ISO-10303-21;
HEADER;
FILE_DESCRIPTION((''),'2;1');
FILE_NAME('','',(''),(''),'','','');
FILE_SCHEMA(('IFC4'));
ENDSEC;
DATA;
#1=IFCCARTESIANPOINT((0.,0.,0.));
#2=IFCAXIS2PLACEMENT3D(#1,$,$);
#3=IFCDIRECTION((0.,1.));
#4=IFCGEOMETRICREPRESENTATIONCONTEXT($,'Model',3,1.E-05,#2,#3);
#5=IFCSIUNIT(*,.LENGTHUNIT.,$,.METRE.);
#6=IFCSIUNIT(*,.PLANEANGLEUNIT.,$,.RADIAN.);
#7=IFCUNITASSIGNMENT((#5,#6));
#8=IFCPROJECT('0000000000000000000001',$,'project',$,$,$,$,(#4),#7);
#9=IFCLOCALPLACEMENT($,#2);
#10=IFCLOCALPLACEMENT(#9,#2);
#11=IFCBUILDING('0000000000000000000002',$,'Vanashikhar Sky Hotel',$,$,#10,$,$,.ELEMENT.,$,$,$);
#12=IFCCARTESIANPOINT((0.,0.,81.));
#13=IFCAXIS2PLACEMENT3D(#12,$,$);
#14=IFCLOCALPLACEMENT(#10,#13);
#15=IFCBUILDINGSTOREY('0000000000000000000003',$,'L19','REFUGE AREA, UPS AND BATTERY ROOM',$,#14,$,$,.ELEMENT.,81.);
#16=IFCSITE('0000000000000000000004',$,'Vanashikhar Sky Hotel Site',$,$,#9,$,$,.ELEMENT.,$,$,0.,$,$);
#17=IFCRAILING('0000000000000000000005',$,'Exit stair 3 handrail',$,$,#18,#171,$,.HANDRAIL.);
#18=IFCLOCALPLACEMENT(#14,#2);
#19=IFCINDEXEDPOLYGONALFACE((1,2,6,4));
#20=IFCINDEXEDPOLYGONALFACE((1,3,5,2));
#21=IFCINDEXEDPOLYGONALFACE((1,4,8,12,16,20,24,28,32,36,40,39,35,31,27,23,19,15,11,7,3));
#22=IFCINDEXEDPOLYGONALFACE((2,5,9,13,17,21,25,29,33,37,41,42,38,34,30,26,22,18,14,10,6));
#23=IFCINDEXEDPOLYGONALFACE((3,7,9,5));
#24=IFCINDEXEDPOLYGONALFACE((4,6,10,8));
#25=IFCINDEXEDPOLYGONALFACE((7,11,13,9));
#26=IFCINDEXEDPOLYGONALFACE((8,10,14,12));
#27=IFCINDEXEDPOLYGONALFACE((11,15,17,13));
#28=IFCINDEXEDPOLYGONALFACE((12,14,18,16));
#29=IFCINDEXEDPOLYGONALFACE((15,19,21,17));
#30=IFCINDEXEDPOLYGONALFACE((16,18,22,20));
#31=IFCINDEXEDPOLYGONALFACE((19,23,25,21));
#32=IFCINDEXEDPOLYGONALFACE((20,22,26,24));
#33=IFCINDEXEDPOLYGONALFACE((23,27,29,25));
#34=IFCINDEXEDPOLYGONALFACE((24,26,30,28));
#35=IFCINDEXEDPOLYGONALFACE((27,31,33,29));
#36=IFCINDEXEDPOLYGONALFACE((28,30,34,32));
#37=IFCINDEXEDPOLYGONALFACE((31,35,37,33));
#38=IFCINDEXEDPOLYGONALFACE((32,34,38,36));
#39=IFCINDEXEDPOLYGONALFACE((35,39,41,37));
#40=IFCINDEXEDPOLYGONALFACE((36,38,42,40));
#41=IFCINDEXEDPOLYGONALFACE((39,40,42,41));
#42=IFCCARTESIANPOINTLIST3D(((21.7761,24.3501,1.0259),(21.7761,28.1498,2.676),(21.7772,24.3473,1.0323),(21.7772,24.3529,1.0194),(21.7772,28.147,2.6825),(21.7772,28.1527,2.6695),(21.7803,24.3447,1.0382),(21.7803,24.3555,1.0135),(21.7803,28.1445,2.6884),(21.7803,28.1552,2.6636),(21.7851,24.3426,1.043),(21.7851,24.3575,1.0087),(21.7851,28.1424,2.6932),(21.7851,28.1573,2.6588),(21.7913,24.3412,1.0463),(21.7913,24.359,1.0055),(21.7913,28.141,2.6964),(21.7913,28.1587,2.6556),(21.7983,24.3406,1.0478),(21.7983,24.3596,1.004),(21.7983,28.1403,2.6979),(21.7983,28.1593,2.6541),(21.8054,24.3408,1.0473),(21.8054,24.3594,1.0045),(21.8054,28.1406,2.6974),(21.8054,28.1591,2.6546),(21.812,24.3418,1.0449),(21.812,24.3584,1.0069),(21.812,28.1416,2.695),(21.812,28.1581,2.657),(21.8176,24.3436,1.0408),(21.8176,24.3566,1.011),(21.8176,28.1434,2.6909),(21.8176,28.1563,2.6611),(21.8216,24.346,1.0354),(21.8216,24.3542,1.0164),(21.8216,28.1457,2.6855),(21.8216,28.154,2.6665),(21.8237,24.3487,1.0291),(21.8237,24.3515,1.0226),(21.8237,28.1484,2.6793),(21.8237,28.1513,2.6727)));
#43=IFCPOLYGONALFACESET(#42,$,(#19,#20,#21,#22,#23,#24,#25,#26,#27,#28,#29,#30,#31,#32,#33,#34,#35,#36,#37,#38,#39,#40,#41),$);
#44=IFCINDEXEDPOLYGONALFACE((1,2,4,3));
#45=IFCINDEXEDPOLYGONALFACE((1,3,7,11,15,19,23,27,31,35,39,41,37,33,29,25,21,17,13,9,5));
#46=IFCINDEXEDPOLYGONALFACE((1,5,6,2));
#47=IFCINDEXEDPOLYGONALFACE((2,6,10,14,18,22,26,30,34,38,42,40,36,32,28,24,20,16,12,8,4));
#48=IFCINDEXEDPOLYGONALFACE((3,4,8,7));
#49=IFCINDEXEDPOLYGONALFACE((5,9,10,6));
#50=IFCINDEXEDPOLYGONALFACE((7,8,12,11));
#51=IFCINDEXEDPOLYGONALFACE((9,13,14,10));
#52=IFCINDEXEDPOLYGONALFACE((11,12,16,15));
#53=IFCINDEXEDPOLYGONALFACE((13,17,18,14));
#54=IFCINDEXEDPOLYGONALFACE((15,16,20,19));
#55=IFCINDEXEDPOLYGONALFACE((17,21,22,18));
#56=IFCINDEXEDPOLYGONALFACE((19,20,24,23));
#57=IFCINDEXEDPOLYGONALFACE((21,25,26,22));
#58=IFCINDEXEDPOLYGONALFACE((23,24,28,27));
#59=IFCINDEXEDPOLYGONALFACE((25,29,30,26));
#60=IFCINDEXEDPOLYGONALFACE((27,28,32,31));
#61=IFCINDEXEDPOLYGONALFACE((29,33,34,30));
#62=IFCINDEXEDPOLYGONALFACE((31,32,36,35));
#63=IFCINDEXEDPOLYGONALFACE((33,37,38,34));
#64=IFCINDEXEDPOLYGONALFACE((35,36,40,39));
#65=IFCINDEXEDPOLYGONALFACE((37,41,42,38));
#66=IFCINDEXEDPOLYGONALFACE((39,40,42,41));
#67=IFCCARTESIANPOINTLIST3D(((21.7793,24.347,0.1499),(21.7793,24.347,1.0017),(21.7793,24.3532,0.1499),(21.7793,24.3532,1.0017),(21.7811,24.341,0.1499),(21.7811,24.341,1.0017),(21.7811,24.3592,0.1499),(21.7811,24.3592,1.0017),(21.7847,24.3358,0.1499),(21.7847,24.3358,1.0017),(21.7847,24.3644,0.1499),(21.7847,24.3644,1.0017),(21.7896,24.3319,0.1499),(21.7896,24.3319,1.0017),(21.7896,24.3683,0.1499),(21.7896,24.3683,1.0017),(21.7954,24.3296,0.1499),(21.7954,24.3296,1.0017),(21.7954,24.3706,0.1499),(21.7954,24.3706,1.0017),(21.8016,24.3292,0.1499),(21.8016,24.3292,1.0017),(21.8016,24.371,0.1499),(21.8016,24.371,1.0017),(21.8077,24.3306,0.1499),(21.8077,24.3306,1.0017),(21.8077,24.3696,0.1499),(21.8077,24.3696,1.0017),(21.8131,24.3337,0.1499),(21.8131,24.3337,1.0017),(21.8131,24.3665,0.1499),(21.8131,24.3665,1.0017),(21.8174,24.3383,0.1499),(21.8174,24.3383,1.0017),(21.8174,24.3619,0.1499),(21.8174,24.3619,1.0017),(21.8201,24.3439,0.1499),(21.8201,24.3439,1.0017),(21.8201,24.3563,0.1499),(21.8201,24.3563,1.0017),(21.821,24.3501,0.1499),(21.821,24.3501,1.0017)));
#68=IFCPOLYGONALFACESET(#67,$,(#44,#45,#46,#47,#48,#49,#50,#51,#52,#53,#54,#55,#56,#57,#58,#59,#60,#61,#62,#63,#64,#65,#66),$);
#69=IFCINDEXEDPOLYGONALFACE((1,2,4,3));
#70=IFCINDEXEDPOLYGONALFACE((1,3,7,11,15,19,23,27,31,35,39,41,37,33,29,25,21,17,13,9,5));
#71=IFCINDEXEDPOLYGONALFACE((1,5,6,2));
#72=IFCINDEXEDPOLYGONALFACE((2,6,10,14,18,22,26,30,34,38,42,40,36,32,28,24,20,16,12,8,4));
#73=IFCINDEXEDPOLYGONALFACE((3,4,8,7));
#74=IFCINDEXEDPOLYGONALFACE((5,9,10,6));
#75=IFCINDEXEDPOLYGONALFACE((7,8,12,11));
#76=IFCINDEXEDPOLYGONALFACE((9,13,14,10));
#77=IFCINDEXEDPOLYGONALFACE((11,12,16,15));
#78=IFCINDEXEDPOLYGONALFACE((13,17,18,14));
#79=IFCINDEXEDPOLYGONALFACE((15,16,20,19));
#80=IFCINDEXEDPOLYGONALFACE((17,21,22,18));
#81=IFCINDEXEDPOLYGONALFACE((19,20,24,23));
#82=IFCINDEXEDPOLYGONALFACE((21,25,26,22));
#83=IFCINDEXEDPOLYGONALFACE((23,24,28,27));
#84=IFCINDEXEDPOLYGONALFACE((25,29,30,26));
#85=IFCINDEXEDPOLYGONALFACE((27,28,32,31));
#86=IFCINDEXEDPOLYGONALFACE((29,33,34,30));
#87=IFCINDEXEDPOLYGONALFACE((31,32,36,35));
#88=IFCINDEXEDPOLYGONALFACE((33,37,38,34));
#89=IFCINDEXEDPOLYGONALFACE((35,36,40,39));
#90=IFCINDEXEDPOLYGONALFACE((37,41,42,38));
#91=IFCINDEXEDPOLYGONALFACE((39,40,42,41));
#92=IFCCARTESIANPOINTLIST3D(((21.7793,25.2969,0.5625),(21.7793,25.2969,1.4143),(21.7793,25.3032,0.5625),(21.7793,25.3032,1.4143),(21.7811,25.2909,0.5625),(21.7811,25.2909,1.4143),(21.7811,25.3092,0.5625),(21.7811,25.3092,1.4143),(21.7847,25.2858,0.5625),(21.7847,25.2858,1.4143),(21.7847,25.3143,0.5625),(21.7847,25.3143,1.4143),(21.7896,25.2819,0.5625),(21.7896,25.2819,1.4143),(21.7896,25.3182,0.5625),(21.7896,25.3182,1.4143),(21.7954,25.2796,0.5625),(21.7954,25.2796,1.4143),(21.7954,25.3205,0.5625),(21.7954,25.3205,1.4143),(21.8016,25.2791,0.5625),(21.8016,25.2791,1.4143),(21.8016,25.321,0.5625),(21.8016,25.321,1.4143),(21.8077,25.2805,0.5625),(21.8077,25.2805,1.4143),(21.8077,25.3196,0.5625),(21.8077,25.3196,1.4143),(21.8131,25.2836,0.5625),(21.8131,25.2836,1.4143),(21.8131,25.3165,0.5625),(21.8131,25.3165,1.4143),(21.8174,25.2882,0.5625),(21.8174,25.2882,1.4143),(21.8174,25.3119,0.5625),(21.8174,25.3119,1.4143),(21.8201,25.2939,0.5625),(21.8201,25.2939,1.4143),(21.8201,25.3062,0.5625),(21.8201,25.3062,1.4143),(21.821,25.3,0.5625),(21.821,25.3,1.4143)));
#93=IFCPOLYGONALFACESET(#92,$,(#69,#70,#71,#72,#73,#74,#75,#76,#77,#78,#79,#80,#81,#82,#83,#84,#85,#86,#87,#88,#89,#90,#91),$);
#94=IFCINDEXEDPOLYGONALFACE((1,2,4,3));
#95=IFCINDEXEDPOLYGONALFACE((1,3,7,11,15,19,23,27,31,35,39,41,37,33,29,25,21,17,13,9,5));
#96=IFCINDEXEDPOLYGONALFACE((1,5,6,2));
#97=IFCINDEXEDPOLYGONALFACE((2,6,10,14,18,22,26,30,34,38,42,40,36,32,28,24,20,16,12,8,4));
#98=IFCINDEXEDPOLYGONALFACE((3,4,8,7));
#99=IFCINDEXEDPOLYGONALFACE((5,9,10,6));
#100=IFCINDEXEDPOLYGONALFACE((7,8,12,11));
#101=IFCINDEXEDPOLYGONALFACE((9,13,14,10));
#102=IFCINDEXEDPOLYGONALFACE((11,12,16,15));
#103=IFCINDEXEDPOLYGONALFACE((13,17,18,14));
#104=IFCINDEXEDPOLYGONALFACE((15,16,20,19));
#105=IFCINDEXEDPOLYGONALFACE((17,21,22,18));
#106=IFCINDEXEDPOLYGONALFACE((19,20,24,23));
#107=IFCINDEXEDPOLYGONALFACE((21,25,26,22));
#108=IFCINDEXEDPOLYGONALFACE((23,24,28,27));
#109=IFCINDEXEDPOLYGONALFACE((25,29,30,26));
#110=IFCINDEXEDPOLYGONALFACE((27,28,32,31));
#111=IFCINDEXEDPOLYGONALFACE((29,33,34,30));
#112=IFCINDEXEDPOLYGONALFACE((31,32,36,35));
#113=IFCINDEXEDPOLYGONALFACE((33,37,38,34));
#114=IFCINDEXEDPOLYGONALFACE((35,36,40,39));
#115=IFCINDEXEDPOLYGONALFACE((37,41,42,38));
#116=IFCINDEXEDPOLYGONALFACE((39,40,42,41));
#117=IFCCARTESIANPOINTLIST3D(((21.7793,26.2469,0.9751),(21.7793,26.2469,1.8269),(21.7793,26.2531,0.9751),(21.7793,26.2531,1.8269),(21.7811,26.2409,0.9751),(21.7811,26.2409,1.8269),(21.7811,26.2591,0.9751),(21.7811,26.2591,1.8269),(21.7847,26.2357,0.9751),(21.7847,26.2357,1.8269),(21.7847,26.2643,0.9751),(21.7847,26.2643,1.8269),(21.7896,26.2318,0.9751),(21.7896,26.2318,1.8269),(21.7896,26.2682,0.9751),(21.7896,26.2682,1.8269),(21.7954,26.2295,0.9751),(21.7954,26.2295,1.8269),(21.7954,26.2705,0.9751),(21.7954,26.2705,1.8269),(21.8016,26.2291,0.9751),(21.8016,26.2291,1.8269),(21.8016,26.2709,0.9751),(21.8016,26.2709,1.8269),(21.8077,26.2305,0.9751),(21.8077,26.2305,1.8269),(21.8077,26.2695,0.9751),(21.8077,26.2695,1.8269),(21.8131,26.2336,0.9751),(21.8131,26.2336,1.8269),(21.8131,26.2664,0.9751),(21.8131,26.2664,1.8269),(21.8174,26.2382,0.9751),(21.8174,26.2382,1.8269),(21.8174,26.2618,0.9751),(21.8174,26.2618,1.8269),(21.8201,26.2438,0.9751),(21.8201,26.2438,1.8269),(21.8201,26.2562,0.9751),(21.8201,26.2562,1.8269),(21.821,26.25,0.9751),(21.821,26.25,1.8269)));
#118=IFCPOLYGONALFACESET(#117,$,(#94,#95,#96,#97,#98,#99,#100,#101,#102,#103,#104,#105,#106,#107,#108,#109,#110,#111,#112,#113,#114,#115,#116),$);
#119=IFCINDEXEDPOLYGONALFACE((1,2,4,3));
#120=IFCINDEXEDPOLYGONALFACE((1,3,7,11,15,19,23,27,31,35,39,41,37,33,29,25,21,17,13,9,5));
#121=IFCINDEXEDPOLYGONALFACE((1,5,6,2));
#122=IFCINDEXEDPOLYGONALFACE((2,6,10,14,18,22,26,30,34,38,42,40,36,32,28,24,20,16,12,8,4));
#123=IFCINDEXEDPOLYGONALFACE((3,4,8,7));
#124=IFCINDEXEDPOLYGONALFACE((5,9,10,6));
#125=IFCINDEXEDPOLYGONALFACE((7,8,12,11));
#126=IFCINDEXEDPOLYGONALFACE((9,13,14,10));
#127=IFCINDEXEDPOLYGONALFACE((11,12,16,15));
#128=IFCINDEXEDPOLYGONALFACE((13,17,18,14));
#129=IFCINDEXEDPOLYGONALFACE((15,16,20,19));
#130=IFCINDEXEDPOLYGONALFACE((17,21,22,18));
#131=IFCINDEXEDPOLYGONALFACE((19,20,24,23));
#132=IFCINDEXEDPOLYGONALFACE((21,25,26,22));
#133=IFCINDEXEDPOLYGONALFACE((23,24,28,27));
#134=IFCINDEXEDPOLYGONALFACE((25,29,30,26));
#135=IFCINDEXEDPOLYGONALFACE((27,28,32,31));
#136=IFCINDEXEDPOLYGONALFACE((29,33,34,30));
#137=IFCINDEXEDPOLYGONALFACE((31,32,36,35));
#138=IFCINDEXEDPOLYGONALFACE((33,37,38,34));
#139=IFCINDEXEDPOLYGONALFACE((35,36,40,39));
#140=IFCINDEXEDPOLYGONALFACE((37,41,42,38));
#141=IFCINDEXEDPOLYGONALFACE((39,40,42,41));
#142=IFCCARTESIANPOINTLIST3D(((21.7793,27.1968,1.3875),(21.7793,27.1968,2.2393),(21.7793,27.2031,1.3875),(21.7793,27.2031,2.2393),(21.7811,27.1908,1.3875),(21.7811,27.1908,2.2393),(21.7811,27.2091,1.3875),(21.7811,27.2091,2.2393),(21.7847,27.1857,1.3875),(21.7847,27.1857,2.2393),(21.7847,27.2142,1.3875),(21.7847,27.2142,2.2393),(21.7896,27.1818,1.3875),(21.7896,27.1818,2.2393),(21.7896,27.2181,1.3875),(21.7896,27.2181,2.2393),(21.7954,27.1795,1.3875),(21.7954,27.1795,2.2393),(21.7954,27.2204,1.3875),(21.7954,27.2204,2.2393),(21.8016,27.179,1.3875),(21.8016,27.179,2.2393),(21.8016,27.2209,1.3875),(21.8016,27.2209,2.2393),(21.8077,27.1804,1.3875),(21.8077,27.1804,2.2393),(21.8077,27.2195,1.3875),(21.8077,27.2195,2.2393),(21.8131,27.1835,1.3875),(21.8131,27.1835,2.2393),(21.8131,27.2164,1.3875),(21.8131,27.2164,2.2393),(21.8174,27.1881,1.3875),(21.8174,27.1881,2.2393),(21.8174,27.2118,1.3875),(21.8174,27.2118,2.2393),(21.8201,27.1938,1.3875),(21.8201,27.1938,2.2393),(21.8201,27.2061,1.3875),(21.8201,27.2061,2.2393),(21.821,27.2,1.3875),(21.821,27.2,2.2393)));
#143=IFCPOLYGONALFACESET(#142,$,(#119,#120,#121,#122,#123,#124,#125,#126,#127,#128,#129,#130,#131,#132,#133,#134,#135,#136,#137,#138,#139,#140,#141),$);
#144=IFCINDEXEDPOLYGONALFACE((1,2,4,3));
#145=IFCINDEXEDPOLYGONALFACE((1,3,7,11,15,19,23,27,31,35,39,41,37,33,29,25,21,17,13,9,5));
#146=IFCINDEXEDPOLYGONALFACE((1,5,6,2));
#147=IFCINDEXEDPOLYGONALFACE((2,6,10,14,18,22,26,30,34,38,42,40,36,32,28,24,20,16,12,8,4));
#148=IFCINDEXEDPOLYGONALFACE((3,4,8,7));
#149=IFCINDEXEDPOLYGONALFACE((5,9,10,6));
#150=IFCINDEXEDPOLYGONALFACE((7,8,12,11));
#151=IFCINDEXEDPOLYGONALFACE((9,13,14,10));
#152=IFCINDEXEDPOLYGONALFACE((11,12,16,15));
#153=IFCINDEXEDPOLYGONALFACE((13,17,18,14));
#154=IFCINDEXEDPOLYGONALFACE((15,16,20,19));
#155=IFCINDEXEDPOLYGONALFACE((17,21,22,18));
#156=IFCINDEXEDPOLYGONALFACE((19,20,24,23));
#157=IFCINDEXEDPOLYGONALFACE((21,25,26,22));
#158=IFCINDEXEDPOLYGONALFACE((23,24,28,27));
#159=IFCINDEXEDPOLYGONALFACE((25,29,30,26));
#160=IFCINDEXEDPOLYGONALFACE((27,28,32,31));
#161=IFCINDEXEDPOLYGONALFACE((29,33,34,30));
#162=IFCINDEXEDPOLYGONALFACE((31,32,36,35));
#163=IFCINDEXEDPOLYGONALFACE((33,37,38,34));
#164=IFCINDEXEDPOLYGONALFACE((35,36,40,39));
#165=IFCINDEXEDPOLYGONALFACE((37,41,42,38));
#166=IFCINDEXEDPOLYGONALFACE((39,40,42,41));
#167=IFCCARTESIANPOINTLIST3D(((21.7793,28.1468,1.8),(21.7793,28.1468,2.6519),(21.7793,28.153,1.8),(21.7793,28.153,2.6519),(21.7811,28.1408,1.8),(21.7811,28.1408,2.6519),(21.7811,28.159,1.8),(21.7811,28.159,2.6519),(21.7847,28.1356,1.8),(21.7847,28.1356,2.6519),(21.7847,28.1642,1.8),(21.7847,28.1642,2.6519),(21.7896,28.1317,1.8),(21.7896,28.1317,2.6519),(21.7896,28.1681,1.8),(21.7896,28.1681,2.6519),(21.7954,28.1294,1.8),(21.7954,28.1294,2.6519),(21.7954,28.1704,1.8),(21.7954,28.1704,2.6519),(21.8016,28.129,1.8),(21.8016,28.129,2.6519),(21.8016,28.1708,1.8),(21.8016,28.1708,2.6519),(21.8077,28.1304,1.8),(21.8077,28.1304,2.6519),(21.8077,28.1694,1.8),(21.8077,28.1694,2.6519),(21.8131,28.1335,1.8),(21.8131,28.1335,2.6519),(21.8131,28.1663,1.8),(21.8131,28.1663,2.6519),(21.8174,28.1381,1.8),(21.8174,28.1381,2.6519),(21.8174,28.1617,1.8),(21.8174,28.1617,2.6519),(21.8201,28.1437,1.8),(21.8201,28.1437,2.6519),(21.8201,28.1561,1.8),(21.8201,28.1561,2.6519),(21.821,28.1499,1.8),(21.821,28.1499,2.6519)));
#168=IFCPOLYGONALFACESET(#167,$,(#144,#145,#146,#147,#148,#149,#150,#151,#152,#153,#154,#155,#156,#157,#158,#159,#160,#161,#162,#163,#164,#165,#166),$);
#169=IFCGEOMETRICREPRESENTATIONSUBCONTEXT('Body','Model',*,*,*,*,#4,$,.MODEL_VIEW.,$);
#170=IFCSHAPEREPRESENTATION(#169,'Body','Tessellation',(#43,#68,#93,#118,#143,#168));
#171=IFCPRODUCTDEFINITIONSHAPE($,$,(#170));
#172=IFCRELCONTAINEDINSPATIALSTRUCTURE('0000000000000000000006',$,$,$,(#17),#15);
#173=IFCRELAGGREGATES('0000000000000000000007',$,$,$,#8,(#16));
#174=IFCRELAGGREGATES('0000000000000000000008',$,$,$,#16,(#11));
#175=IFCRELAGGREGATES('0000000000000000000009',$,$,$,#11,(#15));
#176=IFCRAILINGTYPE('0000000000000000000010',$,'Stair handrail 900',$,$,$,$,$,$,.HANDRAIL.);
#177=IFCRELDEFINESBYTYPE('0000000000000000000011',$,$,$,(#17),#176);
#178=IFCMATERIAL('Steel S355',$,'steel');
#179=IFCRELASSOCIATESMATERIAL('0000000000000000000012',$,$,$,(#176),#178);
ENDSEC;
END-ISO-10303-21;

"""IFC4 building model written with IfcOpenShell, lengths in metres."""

from ifc_helpers import new_model, si_unit, direction, frame, origin, origin_2d, place, context, subcontext, project, spatial, circle, extrude, source, transform, mapped, material, type_object, element, save


model = new_model("IFC4")

# Units and contexts
model_context = context("Model", 3, precision=1e-05, world=origin(), true_north=direction((0.0, 1.0)))
body_context = subcontext(model_context, "Body", "Model", "MODEL_VIEW")
ifc_project = project(units=[si_unit("LENGTHUNIT", "METRE"), si_unit("PLANEANGLEUNIT", "RADIAN")], contexts=[model_context])

# Site, building, storey
site_placement = place(None, origin())
site = spatial("IfcSite", under=ifc_project, at=site_placement, Name="Vanashikhar Sky Hotel Site", CompositionType="ELEMENT", RefElevation=0.0)
building_placement = place(site_placement, origin())
building = spatial("IfcBuilding", under=site, at=building_placement, Name="Vanashikhar Sky Hotel", CompositionType="ELEMENT")
storey_placement = place(building_placement, frame((0.0, 0.0, 81.0)))
storey = spatial("IfcBuildingStorey", under=building, at=storey_placement, Name="L19", Description="REFUGE AREA, UPS AND BATTERY ROOM", CompositionType="ELEMENT", Elevation=81.0)

# Railing
ifc_material_1 = material(Name="Steel S355", Category="steel")
railing_type = type_object("IfcRailingType", Name="Stair handrail 900", PredefinedType="HANDRAIL", material=ifc_material_1)
shared_shape_1 = source(origin(), body_context, "Body", "SweptSolid", [
    extrude(circle(Radius=0.0239, at=origin_2d()), frame((0.0, 0.0, 0.876), z_axis=(0.0, 0.917241, 0.398332), x_axis=(-1.0, 0.0, 0.0)), (0.0, 0.0, 1.0), 4.1426),
    extrude(circle(Radius=0.021, at=origin_2d()), origin(), (0.0, 0.0, 1.0), 0.8518),
    extrude(circle(Radius=0.021, at=origin_2d()), frame((0.0, 0.95, 0.4126)), (0.0, 0.0, 1.0), 0.8518),
    extrude(circle(Radius=0.021, at=origin_2d()), frame((0.0, 1.8999, 0.8252)), (0.0, 0.0, 1.0), 0.8518),
    extrude(circle(Radius=0.021, at=origin_2d()), frame((0.0, 2.8499, 1.2375)), (0.0, 0.0, 1.0), 0.8518),
    extrude(circle(Radius=0.021, at=origin_2d()), frame((0.0, 3.7998, 1.6501)), (0.0, 0.0, 1.0), 0.8518),
])
railing_1_placement = place(storey_placement, frame((21.8, 24.3501, 0.1499)))
element("IfcRailing", 1, at=railing_1_placement, inside=storey, type_object=railing_type, Name="Exit stair 3 handrail", PredefinedType="HANDRAIL", context=body_context, shape_type="MappedRepresentation", body=[
    mapped(shared_shape_1, transform((0.0, 0.0, 0.0), scale=1.0)),
])

save(model, "model.ifc")
